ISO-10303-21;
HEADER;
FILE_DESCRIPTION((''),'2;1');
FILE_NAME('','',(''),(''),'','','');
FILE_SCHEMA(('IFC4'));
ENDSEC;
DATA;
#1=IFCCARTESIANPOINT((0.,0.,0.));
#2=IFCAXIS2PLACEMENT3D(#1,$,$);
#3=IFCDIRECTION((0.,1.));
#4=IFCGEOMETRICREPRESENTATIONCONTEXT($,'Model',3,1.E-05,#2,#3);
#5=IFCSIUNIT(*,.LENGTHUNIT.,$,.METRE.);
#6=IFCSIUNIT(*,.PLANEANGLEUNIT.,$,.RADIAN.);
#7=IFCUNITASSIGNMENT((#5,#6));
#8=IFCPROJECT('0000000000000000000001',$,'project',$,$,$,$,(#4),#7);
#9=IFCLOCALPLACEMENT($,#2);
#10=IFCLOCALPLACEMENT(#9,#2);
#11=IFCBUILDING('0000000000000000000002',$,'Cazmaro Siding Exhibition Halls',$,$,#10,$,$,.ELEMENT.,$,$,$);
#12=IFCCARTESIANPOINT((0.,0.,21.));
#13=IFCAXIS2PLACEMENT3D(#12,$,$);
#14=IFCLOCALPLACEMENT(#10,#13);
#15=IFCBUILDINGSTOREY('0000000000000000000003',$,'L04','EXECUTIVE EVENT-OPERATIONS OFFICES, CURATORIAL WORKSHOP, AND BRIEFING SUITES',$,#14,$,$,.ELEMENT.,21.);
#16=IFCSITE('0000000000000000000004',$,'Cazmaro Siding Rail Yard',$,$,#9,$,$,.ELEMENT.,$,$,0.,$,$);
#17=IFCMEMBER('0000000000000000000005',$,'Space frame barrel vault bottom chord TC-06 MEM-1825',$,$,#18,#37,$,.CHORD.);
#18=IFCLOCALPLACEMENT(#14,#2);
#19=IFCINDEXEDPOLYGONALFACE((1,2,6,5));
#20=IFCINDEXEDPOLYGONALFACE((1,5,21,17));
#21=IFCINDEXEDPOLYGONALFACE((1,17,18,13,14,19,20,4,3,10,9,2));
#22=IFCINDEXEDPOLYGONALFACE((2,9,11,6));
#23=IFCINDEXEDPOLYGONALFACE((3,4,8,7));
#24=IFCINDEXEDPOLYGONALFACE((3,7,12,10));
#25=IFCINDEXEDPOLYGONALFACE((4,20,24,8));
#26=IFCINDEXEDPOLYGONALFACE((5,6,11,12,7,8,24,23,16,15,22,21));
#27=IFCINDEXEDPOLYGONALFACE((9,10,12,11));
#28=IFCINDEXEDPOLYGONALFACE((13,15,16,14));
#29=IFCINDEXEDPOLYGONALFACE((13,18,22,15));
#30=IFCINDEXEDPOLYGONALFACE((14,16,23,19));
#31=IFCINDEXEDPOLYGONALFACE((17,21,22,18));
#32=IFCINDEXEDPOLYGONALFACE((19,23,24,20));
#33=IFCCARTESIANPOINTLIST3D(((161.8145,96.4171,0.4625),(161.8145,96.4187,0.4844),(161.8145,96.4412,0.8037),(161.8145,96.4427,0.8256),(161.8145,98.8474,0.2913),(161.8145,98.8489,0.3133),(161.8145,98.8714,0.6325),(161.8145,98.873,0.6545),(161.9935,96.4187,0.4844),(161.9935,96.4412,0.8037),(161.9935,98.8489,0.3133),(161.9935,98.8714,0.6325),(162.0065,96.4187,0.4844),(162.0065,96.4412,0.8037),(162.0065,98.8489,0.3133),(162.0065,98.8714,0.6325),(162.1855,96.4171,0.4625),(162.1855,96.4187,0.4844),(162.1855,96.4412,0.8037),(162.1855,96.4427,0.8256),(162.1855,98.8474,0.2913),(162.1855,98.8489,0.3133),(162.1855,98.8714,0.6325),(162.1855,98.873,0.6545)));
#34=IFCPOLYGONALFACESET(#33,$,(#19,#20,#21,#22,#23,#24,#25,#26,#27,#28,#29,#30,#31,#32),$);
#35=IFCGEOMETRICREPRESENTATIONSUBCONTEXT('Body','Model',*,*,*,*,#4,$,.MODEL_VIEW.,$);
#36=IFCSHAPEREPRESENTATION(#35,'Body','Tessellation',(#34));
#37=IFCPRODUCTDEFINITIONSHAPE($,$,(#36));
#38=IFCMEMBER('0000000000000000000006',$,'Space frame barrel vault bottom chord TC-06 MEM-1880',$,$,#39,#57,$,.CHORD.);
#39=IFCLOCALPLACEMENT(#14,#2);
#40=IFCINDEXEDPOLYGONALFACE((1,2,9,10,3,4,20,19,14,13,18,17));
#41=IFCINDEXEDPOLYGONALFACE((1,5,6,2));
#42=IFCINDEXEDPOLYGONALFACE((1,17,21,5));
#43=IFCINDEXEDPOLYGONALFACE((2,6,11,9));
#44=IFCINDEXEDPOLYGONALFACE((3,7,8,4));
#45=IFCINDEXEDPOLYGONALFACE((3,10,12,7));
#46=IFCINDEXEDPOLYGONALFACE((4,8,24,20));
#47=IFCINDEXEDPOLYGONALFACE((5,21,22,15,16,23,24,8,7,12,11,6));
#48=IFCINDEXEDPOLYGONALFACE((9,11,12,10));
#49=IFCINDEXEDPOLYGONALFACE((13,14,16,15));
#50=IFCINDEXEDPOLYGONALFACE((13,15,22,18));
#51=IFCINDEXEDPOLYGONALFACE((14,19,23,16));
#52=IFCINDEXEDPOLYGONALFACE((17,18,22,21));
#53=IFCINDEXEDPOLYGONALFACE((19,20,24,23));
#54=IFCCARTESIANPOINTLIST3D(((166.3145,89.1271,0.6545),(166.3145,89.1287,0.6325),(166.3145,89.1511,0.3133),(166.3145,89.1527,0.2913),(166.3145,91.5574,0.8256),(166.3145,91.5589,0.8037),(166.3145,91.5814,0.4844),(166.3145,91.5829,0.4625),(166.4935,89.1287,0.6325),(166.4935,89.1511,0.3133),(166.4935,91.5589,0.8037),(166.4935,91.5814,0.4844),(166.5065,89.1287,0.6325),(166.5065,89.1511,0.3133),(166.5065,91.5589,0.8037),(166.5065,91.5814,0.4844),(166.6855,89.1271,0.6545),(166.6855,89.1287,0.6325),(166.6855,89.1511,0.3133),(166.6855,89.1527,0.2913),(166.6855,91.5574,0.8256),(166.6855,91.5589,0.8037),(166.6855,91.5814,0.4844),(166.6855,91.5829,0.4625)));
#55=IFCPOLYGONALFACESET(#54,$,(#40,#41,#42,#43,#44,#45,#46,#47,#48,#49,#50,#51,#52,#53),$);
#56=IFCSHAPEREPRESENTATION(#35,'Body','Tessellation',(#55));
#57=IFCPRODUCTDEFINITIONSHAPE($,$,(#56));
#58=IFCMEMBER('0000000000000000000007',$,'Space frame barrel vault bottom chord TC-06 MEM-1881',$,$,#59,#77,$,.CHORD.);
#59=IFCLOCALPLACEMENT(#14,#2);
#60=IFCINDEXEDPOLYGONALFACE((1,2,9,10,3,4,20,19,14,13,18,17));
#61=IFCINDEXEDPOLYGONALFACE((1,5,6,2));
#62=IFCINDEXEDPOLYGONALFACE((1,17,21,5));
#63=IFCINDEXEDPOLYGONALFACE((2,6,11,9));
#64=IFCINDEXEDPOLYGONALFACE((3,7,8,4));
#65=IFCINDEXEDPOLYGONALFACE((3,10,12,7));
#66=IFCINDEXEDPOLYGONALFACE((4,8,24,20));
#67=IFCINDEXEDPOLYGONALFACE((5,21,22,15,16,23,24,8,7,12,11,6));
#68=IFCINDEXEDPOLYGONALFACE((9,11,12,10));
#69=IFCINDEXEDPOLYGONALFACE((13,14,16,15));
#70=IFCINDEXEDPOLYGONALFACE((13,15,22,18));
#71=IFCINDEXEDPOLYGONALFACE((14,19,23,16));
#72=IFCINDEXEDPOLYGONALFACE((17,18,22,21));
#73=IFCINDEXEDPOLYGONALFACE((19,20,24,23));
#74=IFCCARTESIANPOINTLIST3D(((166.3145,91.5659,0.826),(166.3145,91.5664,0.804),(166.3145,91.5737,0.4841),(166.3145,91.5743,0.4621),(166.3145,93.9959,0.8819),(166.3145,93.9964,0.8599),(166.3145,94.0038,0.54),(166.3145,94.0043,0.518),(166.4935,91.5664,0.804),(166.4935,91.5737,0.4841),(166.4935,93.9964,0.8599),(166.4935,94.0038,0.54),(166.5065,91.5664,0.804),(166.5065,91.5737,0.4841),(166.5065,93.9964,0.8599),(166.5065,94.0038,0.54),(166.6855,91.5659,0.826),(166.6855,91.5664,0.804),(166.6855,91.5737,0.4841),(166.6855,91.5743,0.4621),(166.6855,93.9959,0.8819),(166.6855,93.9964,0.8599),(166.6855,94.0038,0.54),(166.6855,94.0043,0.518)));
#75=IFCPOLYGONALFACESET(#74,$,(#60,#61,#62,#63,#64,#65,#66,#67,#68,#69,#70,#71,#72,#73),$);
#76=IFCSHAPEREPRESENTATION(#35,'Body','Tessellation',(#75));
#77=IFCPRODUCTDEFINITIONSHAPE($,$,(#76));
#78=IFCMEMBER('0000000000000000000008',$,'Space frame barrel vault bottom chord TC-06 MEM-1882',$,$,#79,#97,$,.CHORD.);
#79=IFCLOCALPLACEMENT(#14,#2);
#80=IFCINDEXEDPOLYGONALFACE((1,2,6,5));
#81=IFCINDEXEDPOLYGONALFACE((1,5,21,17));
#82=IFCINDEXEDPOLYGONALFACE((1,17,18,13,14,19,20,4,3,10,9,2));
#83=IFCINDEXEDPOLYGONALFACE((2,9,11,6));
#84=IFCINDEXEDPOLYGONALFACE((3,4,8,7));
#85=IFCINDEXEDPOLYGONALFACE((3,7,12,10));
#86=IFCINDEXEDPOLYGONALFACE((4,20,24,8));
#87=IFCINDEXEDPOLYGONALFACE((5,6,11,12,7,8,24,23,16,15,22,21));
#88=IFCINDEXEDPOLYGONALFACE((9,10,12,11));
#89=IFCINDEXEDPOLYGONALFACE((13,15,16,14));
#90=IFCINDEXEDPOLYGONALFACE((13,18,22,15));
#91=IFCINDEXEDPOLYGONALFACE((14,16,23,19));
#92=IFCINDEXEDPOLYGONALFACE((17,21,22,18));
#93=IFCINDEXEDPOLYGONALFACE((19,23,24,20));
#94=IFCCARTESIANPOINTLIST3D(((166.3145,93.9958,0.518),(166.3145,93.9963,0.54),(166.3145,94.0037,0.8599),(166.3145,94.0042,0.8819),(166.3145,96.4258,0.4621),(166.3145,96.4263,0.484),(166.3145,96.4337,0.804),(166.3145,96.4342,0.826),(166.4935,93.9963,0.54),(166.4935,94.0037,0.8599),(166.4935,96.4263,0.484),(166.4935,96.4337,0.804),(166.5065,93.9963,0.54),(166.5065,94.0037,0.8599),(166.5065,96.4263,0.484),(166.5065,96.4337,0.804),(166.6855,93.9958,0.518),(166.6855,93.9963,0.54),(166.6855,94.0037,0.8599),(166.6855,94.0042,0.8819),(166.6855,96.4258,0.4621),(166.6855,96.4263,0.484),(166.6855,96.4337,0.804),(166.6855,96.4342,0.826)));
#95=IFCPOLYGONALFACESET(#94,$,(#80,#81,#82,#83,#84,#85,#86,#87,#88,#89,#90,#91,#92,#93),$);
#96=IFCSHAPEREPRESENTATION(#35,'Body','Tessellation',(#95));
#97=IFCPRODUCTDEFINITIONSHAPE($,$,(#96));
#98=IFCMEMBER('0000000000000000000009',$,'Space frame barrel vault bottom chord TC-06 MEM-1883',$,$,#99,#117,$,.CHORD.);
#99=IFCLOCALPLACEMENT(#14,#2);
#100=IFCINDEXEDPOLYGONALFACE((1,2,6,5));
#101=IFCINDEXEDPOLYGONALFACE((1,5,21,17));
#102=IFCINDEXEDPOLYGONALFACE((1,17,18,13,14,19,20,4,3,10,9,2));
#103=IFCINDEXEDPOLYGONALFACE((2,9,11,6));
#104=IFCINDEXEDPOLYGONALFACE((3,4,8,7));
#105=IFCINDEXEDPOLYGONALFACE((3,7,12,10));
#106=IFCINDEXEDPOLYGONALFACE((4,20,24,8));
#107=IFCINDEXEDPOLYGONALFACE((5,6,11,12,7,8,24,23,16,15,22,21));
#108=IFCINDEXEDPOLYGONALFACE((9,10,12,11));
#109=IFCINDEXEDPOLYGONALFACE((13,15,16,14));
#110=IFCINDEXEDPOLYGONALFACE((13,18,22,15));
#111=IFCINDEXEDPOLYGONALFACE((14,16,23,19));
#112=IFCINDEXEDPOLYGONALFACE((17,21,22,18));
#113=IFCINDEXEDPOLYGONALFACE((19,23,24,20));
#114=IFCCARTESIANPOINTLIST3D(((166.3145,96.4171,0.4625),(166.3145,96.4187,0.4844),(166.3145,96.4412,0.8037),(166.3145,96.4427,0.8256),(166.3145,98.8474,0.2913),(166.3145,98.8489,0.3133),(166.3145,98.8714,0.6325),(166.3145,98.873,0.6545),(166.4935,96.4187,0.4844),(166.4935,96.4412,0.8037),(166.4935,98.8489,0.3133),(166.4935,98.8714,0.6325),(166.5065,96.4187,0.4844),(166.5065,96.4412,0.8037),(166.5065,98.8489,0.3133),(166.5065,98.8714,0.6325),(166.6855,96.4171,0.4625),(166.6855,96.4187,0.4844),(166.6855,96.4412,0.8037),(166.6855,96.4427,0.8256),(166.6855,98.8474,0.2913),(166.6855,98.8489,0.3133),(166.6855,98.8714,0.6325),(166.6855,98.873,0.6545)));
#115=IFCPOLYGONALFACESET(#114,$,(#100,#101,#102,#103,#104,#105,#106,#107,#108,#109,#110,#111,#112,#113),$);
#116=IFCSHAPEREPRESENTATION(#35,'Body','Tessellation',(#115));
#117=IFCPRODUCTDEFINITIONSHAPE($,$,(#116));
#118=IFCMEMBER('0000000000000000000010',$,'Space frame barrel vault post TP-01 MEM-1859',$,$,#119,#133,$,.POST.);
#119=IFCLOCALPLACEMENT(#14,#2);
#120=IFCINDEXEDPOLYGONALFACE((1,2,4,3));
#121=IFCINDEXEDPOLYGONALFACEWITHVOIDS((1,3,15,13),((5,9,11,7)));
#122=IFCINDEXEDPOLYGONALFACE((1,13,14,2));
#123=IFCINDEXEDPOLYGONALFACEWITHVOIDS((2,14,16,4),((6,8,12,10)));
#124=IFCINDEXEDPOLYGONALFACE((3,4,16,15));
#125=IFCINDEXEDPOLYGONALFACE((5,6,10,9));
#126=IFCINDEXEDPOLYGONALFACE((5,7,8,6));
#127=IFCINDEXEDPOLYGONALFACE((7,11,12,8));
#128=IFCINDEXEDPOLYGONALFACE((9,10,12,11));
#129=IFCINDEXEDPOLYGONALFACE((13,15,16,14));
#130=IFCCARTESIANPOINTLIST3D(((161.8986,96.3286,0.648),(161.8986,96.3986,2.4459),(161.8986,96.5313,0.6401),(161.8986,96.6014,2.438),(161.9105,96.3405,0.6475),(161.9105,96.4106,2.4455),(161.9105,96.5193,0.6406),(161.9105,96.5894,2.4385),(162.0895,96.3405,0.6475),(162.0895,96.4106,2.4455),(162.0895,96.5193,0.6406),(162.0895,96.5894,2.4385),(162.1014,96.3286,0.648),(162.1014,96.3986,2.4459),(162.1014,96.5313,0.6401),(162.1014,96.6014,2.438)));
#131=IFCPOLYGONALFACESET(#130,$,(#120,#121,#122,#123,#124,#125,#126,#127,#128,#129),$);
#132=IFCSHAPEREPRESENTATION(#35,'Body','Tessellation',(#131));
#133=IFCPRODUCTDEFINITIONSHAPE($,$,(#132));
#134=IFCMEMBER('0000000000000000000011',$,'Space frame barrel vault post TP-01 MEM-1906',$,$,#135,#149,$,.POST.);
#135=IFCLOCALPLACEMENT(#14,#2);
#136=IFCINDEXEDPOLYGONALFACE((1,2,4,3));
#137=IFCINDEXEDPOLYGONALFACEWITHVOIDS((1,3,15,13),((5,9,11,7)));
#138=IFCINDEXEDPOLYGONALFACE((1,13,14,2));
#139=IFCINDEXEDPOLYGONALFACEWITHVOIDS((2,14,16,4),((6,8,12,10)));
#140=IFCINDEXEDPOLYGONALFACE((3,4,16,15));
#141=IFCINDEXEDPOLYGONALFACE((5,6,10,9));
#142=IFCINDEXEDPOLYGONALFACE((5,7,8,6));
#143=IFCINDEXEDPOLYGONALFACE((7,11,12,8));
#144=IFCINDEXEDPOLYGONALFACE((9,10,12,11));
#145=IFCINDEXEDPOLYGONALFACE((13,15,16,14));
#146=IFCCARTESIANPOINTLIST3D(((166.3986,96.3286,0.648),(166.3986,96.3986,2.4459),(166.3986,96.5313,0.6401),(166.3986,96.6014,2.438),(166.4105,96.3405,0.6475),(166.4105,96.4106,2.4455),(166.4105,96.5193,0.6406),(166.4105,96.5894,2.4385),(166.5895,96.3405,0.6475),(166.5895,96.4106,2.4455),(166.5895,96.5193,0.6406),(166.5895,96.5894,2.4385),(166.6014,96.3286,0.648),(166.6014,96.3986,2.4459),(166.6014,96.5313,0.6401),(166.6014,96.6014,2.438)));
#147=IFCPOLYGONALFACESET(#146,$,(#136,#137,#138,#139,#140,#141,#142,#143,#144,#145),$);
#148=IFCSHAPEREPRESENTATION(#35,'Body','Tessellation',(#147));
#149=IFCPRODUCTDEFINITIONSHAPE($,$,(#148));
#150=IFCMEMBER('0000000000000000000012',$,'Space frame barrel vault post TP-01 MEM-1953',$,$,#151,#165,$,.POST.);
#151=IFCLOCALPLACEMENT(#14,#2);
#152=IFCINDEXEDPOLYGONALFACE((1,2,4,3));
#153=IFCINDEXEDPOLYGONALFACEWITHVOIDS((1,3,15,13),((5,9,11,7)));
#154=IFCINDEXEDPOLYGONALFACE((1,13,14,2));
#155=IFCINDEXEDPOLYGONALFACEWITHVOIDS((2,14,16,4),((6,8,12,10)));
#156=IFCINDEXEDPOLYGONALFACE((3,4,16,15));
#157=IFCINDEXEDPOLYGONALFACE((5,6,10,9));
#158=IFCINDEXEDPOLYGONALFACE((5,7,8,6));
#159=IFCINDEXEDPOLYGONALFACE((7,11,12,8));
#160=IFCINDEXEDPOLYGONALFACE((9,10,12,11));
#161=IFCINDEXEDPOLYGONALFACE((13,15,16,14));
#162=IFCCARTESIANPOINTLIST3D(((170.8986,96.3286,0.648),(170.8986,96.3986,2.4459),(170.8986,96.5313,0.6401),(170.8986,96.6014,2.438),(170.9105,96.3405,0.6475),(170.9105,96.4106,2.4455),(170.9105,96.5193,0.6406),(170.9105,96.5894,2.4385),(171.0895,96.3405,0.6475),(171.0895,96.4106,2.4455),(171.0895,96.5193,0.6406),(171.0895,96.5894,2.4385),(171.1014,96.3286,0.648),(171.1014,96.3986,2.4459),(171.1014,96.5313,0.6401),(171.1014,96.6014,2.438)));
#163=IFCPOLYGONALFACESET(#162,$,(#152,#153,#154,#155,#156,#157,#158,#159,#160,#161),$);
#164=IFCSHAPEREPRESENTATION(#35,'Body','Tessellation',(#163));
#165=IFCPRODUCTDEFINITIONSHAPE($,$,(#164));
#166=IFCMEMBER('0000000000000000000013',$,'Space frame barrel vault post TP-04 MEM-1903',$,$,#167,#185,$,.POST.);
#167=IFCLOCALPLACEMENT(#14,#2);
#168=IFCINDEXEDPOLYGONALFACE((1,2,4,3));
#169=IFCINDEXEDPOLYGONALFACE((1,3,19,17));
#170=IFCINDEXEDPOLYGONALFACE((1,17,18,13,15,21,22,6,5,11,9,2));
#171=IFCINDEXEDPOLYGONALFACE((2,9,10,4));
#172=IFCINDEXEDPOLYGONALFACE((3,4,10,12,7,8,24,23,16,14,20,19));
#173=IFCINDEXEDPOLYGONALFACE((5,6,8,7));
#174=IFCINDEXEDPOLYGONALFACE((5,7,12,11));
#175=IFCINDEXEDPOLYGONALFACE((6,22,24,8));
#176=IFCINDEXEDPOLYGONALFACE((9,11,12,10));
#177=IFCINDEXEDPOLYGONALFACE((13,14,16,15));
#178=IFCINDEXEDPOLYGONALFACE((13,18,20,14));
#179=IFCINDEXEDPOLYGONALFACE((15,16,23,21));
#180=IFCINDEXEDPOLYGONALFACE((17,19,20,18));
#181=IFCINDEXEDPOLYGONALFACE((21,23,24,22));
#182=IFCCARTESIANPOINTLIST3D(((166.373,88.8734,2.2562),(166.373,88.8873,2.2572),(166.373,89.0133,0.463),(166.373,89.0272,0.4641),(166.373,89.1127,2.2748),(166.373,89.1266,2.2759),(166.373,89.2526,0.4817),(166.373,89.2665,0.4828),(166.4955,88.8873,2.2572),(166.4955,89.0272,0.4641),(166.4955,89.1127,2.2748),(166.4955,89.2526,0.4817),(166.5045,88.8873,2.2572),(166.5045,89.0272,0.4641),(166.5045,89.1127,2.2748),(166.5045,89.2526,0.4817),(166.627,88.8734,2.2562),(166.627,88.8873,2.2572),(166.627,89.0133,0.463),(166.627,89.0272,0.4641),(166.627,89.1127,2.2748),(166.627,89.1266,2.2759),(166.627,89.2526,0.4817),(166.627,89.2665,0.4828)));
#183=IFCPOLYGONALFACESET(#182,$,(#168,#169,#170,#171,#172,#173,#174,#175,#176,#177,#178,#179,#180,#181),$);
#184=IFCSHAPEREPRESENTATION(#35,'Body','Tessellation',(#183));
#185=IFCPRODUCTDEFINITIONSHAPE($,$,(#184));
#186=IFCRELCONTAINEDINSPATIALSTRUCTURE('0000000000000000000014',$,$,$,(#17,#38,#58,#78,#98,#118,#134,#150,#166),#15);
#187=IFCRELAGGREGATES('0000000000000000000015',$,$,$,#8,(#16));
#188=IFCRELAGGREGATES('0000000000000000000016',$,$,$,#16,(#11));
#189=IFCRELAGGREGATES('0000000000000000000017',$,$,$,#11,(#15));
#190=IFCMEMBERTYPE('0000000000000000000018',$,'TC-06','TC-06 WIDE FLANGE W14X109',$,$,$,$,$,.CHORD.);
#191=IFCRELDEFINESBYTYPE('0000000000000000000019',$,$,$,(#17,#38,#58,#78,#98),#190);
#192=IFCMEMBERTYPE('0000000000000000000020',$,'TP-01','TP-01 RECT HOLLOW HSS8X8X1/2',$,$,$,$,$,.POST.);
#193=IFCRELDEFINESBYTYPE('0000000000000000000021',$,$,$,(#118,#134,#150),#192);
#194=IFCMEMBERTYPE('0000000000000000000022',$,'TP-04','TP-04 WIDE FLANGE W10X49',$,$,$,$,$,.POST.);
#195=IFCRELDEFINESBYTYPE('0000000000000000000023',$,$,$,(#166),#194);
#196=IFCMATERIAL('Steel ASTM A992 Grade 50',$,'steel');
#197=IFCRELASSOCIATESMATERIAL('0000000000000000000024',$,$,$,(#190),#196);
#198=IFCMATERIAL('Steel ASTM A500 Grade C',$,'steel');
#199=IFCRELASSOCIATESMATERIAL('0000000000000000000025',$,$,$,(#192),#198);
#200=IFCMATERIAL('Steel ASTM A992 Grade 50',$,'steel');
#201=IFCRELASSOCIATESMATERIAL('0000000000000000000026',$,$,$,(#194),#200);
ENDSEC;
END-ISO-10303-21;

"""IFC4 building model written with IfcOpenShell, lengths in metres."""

from ifc_helpers import new_model, si_unit, direction, frame, origin, origin_2d, place, context, subcontext, project, spatial, hollow_rectangle, i_section, extrude, material, material_profile, profile_set, type_object, element, save


model = new_model("IFC4")

# Units and contexts
model_context = context("Model", 3, precision=1e-05, world=origin(), true_north=direction((0.0, 1.0)))
body_context = subcontext(model_context, "Body", "Model", "MODEL_VIEW")
ifc_project = project(units=[si_unit("LENGTHUNIT", "METRE"), si_unit("PLANEANGLEUNIT", "RADIAN")], contexts=[model_context])

# Site, building, storey
site_placement = place(None, origin())
site = spatial("IfcSite", under=ifc_project, at=site_placement, Name="Cazmaro Siding Rail Yard", CompositionType="ELEMENT", RefElevation=0.0)
building_placement = place(site_placement, origin())
building = spatial("IfcBuilding", under=site, at=building_placement, Name="Cazmaro Siding Exhibition Halls", CompositionType="ELEMENT")
storey_placement = place(building_placement, frame((0.0, 0.0, 21.0)))
storey = spatial("IfcBuildingStorey", under=building, at=storey_placement, Name="L04", Description="EXECUTIVE EVENT-OPERATIONS OFFICES, CURATORIAL WORKSHOP, AND BRIEFING SUITES", CompositionType="ELEMENT", Elevation=21.0)

# Members
ifc_material_1 = material(Name="Steel ASTM A992 Grade 50", Category="steel")
ifc_material_profile_1 = material_profile(ifc_material_1, i_section(OverallWidth=0.3711, OverallDepth=0.364, WebThickness=0.0129, FlangeThickness=0.022, at=origin_2d()), Name="W14X109")
ifc_profile_set_1 = profile_set([ifc_material_profile_1], Name="Steel ASTM A992 Grade 50")
member_type_1 = type_object("IfcMemberType", Name="TC-06", Description="TC-06 WIDE FLANGE W14X109", PredefinedType="CHORD", material=ifc_profile_set_1)
for number, where, z_axis, x_axis, name in (
    (1, (162.0, 96.4299, 0.644), (0.0, 0.997529, -0.07025), (-1.0, 0.0, 0.0), "Space frame barrel vault bottom chord TC-06 MEM-1825"),
    (2, (166.5, 89.1399, 0.4729), (0.0, 0.997529, 0.07025), (-1.0, 0.0, 0.0), "Space frame barrel vault bottom chord TC-06 MEM-1880"),
):
    element("IfcMember", number, at=place(storey_placement, frame(where, z_axis=z_axis, x_axis=x_axis)), inside=storey, type_object=member_type_1, Name=name, PredefinedType="CHORD", context=body_context, shape_type="SweptSolid", body=[
        extrude(i_section(OverallWidth=0.3711, OverallDepth=0.364, WebThickness=0.0129, FlangeThickness=0.022, at=origin_2d()), origin(), (0.0, 0.0, 1.0), 2.4363),
    ])
for number, where, z_axis, x_axis, name in (
    (3, (166.5, 91.5701, 0.644), (0.0, 0.999735, 0.023002), (-1.0, 0.0, 0.0), "Space frame barrel vault bottom chord TC-06 MEM-1881"),
    (4, (166.5, 94.0, 0.7), (0.0, 0.999735, -0.023002), (-1.0, 0.0, 0.0), "Space frame barrel vault bottom chord TC-06 MEM-1882"),
):
    element("IfcMember", number, at=place(storey_placement, frame(where, z_axis=z_axis, x_axis=x_axis)), inside=storey, type_object=member_type_1, Name=name, PredefinedType="CHORD", context=body_context, shape_type="SweptSolid", body=[
        extrude(i_section(OverallWidth=0.3711, OverallDepth=0.364, WebThickness=0.0129, FlangeThickness=0.022, at=origin_2d()), origin(), (0.0, 0.0, 1.0), 2.4307),
    ])
member_1_placement = place(storey_placement, frame((166.5, 96.4299, 0.644), z_axis=(0.0, 0.997529, -0.07025), x_axis=(-1.0, 0.0, 0.0)))
element("IfcMember", 5, at=member_1_placement, inside=storey, type_object=member_type_1, Name="Space frame barrel vault bottom chord TC-06 MEM-1883", PredefinedType="CHORD", context=body_context, shape_type="SweptSolid", body=[
    extrude(i_section(OverallWidth=0.3711, OverallDepth=0.364, WebThickness=0.0129, FlangeThickness=0.022, at=origin_2d()), origin(), (0.0, 0.0, 1.0), 2.4363),
])
ifc_material_2 = material(Name="Steel ASTM A500 Grade C", Category="steel")
ifc_material_profile_2 = material_profile(ifc_material_2, hollow_rectangle(XDim=0.2029, YDim=0.2029, WallThickness=0.012, at=origin_2d()), Name="HSS8X8X1/2")
ifc_profile_set_2 = profile_set([ifc_material_profile_2], Name="Steel ASTM A500 Grade C")
member_type_2 = type_object("IfcMemberType", Name="TP-01", Description="TP-01 RECT HOLLOW HSS8X8X1/2", PredefinedType="POST", material=ifc_profile_set_2)
for number, where, z_axis, x_axis, name in (
    (6, (162.0, 96.4299, 0.644), (0.0, 0.038944, 0.999241), (-1.0, 0.0, 0.0), "Space frame barrel vault post TP-01 MEM-1859"),
    (7, (166.5, 96.4299, 0.644), (0.0, 0.038944, 0.999241), (-1.0, 0.0, 0.0), "Space frame barrel vault post TP-01 MEM-1906"),
    (8, (171.0, 96.4299, 0.644), (0.0, 0.038944, 0.999241), (-1.0, 0.0, 0.0), "Space frame barrel vault post TP-01 MEM-1953"),
):
    element("IfcMember", number, at=place(storey_placement, frame(where, z_axis=z_axis, x_axis=x_axis)), inside=storey, type_object=member_type_2, Name=name, PredefinedType="POST", context=body_context, shape_type="SweptSolid", body=[
        extrude(hollow_rectangle(XDim=0.2029, YDim=0.2029, WallThickness=0.012, at=origin_2d()), origin(), (0.0, 0.0, 1.0), 1.7993),
    ])
ifc_material_3 = material(Name="Steel ASTM A992 Grade 50", Category="steel")
ifc_material_profile_3 = material_profile(ifc_material_3, i_section(OverallWidth=0.2539, OverallDepth=0.2539, WebThickness=0.009, FlangeThickness=0.0139, at=origin_2d()), Name="W10X49")
ifc_profile_set_3 = profile_set([ifc_material_profile_3], Name="Steel ASTM A992 Grade 50")
member_type_3 = type_object("IfcMemberType", Name="TP-04", Description="TP-04 WIDE FLANGE W10X49", PredefinedType="POST", material=ifc_profile_set_3)
member_2_placement = place(storey_placement, frame((166.5, 89.1399, 0.4729), z_axis=(0.0, -0.077776, 0.996971), x_axis=(1.0, 0.0, 0.0)))
element("IfcMember", 9, at=member_2_placement, inside=storey, type_object=member_type_3, Name="Space frame barrel vault post TP-04 MEM-1903", PredefinedType="POST", context=body_context, shape_type="SweptSolid", body=[
    extrude(i_section(OverallWidth=0.2539, OverallDepth=0.2539, WebThickness=0.009, FlangeThickness=0.0139, at=origin_2d()), origin(), (0.0, 0.0, 1.0), 1.7986),
])

save(model, "model.ifc")
